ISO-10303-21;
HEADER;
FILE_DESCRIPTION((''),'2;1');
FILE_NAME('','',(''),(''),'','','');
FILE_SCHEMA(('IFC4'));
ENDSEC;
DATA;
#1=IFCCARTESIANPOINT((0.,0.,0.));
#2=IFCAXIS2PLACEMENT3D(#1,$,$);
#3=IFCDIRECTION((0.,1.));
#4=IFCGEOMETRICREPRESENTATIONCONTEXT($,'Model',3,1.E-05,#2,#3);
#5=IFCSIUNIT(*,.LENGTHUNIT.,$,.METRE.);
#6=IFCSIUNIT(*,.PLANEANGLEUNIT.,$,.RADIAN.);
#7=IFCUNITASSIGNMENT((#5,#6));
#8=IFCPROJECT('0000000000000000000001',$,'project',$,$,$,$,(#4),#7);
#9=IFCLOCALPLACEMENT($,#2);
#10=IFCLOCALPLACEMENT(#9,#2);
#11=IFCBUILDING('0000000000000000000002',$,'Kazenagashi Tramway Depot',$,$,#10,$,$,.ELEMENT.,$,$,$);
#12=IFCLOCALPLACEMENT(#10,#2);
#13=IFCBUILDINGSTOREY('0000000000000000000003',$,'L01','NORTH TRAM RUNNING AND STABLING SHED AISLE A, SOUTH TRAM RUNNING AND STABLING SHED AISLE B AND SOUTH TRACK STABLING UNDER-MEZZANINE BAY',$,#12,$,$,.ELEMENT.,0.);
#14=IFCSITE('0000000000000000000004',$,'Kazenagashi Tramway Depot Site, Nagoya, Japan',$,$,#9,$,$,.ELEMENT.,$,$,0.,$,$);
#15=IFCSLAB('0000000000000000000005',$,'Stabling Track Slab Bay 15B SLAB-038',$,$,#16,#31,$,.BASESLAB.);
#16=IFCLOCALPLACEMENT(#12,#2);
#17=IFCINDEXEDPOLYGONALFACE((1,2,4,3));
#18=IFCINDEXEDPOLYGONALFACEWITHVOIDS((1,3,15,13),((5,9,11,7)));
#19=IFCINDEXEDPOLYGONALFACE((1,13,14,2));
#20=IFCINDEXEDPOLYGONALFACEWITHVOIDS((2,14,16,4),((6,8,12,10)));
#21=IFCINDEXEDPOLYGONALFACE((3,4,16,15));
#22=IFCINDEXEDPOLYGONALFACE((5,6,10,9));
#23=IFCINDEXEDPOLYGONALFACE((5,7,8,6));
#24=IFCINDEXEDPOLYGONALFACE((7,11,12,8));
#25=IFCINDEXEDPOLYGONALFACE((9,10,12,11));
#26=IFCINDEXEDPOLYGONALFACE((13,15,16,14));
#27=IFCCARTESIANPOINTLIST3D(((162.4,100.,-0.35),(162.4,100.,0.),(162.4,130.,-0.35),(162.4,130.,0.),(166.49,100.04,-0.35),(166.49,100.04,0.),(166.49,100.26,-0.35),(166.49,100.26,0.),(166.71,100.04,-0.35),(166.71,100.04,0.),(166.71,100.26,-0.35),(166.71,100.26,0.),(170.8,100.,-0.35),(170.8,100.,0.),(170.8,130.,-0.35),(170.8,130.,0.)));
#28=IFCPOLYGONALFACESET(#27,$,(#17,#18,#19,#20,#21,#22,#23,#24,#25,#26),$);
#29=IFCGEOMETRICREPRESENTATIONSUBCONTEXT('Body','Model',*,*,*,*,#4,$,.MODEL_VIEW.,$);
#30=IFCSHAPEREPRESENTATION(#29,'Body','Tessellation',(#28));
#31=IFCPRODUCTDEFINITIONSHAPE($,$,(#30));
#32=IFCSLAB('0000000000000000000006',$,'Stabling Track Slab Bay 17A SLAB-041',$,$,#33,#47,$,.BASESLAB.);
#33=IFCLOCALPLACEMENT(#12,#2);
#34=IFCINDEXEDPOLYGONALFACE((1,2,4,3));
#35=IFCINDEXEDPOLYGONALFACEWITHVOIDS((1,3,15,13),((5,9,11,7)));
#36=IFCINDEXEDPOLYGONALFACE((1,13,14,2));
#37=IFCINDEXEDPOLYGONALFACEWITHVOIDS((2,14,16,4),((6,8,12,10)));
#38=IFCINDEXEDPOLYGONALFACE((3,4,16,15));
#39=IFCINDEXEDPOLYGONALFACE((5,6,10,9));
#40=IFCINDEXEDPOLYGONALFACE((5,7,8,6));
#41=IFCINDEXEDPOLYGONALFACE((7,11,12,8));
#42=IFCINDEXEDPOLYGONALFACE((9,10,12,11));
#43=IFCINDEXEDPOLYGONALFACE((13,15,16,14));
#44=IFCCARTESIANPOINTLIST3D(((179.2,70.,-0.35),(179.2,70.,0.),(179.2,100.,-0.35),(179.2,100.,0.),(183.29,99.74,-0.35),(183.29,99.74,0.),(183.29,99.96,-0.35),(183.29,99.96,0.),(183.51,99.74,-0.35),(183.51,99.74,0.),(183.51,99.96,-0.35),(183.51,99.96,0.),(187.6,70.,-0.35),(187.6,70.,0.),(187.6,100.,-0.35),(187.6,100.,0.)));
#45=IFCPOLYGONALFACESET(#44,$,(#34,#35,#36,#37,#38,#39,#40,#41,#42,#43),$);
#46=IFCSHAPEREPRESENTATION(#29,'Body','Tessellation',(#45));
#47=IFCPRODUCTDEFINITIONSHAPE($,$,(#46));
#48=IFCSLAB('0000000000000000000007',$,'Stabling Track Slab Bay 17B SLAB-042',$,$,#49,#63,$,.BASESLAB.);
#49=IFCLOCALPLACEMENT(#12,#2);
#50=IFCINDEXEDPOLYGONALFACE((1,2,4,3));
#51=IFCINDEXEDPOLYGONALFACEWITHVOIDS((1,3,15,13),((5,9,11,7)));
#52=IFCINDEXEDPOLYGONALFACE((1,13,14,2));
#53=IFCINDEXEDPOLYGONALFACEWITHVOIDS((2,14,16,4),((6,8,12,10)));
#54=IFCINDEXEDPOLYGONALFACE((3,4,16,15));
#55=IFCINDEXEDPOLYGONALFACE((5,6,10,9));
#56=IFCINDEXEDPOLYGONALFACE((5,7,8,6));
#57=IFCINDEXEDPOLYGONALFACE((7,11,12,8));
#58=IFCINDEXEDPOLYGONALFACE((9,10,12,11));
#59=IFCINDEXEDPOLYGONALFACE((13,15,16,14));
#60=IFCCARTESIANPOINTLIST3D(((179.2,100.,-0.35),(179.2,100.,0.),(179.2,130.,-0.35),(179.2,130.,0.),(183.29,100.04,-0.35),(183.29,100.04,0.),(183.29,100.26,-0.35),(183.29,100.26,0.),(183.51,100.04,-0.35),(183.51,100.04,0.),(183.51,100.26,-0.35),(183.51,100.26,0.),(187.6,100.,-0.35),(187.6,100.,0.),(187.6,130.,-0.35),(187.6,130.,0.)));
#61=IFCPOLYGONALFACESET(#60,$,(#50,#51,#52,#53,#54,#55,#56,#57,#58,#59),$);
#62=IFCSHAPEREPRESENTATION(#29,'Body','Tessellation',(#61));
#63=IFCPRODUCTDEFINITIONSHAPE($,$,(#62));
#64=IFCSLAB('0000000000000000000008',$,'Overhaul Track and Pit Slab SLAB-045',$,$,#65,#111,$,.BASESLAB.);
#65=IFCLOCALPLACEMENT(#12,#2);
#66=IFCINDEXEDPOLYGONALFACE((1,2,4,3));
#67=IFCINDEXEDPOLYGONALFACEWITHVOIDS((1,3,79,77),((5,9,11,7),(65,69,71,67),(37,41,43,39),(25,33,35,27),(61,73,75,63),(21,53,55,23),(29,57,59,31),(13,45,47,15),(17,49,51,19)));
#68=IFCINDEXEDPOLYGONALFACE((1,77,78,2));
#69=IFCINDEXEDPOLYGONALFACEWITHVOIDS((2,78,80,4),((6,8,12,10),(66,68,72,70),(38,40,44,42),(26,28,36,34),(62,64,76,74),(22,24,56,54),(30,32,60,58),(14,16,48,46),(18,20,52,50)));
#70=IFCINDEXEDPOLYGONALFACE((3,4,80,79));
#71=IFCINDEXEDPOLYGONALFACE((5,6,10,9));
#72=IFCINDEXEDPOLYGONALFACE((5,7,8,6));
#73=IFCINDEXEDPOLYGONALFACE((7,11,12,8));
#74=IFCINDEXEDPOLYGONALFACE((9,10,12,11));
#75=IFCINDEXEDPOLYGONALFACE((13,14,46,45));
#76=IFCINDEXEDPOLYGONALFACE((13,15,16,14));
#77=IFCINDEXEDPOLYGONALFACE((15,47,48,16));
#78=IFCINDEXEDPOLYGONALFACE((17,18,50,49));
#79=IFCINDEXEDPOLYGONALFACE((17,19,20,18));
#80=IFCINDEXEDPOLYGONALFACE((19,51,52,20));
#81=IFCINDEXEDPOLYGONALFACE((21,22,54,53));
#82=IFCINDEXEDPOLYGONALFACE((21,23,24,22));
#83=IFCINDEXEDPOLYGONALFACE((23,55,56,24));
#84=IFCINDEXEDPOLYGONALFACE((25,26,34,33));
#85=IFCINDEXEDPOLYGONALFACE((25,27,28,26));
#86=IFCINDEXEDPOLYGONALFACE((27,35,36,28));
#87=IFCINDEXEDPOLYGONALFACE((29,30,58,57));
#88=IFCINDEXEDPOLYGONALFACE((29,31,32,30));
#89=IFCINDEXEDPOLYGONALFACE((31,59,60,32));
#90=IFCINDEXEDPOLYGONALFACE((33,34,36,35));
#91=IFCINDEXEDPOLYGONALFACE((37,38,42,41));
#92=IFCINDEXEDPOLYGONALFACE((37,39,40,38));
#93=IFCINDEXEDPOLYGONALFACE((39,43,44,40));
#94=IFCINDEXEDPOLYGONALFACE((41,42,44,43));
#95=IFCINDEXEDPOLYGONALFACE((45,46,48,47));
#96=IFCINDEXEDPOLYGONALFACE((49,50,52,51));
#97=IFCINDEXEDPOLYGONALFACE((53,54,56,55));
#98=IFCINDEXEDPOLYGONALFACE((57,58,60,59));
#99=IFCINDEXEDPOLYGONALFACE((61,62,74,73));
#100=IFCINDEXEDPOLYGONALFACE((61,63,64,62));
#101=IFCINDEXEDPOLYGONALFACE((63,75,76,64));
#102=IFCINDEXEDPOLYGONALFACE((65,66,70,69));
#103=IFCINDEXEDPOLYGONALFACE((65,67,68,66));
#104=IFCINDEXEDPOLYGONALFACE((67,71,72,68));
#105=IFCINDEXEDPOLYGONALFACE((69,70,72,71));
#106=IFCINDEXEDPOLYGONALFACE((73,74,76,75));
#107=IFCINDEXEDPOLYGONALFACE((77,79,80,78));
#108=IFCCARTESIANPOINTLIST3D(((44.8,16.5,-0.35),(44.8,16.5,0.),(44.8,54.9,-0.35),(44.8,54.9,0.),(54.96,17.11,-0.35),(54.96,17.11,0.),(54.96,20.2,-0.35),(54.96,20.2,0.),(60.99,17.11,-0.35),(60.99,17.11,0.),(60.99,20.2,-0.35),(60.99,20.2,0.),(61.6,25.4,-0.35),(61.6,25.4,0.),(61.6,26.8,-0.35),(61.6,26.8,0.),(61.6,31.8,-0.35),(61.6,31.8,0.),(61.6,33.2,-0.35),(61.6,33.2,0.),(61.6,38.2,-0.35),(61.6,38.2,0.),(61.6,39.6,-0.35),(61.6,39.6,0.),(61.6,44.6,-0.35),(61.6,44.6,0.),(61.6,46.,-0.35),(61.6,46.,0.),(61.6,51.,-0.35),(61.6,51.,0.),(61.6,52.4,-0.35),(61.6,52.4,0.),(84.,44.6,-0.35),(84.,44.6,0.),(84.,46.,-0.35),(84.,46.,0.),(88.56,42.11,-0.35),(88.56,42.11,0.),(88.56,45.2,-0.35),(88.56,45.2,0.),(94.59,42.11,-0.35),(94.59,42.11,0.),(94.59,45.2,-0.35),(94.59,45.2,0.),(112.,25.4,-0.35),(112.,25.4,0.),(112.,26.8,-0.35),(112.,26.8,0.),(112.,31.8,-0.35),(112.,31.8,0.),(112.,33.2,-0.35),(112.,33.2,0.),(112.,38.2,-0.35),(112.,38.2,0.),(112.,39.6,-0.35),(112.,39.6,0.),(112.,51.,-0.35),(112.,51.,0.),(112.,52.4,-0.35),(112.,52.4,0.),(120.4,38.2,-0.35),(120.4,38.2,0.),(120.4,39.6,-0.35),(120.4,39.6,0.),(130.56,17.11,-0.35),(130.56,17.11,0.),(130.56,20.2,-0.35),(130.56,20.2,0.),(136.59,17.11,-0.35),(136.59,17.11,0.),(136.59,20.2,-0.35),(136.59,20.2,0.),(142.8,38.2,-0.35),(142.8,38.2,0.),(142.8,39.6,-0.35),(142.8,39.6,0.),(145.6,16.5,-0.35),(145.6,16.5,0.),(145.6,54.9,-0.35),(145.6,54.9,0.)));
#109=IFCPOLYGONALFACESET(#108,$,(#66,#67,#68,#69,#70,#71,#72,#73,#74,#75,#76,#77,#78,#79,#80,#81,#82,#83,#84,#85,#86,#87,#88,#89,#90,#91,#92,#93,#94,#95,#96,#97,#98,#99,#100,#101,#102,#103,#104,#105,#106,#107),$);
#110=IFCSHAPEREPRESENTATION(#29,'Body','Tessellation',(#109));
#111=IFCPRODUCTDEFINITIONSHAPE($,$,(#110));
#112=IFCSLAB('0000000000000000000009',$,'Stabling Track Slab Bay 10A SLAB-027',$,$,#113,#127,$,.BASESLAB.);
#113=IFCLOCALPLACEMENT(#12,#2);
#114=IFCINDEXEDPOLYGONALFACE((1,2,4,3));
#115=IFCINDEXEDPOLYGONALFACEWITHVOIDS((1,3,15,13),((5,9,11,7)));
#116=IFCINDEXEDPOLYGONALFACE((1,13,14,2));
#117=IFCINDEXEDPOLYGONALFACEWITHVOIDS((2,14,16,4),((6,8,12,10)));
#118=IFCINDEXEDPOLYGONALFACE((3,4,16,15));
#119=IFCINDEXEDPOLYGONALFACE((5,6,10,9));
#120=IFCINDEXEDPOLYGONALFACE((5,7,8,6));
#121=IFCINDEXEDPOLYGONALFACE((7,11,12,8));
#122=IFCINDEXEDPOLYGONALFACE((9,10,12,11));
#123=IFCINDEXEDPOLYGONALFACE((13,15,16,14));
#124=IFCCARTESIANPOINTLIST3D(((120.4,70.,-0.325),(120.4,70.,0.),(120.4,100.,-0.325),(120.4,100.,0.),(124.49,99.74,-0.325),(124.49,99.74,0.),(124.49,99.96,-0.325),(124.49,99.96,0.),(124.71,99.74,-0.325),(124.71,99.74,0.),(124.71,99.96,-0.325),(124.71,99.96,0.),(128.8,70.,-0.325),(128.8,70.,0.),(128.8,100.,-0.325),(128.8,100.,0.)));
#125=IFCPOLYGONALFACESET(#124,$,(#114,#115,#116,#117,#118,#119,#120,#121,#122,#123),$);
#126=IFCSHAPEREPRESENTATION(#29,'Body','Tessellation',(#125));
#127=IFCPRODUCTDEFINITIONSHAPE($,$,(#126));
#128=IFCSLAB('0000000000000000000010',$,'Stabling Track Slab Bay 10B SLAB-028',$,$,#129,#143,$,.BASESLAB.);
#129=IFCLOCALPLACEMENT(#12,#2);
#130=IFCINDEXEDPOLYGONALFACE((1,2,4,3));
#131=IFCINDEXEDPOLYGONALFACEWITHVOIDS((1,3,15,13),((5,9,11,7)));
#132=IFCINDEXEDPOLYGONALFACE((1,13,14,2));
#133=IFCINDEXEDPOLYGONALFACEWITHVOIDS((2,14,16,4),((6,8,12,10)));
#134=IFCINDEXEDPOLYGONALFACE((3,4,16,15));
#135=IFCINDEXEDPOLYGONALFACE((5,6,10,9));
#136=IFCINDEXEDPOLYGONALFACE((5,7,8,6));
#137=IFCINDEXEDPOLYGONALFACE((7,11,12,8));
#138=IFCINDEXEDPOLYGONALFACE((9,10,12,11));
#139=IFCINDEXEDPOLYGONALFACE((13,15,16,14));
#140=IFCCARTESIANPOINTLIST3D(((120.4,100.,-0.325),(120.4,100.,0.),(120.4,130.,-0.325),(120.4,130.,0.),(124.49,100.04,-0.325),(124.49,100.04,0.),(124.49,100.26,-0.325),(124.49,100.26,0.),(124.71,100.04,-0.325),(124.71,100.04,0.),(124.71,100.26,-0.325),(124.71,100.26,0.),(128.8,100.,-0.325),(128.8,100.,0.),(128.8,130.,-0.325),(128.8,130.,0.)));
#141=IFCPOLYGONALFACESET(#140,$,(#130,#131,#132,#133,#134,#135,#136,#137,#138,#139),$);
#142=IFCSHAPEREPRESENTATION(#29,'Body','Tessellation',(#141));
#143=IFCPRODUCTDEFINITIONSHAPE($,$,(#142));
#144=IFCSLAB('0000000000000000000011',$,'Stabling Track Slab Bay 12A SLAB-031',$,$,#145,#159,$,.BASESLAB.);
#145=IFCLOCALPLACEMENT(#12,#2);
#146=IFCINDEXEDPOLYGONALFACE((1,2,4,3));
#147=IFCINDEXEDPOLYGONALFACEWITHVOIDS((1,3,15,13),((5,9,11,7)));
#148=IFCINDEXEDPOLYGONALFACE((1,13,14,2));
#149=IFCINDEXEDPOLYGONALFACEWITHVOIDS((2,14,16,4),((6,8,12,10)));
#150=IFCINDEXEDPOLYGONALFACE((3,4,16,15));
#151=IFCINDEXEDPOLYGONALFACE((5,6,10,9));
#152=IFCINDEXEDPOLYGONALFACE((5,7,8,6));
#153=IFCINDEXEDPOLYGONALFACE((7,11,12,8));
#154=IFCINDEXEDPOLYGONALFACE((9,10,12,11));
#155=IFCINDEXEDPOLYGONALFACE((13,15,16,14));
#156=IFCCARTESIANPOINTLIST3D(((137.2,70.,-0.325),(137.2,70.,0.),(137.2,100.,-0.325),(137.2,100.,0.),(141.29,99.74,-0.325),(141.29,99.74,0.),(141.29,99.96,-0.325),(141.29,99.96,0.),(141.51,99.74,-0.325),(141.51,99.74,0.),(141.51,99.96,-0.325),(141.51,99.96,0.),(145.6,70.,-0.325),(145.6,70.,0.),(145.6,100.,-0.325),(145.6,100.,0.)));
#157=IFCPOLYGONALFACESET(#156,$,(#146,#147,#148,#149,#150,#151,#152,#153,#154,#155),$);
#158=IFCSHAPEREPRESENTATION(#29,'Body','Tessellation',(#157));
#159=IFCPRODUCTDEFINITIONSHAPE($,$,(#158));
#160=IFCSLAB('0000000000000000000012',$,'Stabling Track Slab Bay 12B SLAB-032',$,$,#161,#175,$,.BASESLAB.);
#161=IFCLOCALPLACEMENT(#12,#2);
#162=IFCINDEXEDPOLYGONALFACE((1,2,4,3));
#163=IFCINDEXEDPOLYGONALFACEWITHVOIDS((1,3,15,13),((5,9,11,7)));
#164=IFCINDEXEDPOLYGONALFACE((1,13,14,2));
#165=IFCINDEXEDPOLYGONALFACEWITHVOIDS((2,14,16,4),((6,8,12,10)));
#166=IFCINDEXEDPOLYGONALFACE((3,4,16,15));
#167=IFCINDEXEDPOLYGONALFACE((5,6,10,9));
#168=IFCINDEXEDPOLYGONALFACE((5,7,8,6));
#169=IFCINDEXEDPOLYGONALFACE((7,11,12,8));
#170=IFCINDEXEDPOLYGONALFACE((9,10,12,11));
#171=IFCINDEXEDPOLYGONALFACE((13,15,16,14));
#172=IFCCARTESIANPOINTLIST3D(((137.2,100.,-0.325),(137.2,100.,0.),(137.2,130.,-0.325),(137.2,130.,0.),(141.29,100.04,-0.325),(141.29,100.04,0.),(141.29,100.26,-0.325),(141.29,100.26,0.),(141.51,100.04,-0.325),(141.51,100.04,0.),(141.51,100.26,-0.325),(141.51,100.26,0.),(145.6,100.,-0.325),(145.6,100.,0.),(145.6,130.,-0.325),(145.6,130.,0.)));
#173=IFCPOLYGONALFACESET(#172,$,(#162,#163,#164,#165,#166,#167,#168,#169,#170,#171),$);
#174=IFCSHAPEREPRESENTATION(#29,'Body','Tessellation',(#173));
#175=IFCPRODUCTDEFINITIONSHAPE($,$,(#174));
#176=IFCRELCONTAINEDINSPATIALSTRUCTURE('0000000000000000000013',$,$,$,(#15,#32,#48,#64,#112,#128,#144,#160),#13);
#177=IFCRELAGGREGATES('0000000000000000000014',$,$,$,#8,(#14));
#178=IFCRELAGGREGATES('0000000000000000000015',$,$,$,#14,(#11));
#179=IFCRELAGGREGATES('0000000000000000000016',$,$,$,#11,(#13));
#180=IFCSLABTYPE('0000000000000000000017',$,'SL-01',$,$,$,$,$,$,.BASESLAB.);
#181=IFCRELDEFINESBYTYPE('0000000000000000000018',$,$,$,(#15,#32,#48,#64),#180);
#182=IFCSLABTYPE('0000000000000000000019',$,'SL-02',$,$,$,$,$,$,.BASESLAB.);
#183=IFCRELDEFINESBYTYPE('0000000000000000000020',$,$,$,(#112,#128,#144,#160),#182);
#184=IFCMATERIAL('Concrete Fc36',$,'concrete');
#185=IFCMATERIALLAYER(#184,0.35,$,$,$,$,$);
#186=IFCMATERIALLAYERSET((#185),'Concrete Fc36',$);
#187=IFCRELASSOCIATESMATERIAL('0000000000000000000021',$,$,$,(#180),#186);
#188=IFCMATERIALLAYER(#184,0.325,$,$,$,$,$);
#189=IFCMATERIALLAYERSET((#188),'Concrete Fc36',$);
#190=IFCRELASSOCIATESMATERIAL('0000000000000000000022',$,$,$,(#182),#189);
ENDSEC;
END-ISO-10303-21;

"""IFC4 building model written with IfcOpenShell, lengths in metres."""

from ifc_helpers import new_model, si_unit, direction, frame, origin, place, context, subcontext, project, spatial, polyline, outline, extrude, material, layer, layer_set, type_object, element, save


model = new_model("IFC4")

# Units and contexts
model_context = context("Model", 3, precision=1e-05, world=origin(), true_north=direction((0.0, 1.0)))
body_context = subcontext(model_context, "Body", "Model", "MODEL_VIEW")
ifc_project = project(units=[si_unit("LENGTHUNIT", "METRE"), si_unit("PLANEANGLEUNIT", "RADIAN")], contexts=[model_context])

# Site, building, storey
site_placement = place(None, origin())
site = spatial("IfcSite", under=ifc_project, at=site_placement, Name="Kazenagashi Tramway Depot Site, Nagoya, Japan", CompositionType="ELEMENT", RefElevation=0.0)
building_placement = place(site_placement, origin())
building = spatial("IfcBuilding", under=site, at=building_placement, Name="Kazenagashi Tramway Depot", CompositionType="ELEMENT")
storey_placement = place(building_placement, origin())
storey = spatial("IfcBuildingStorey", under=building, at=storey_placement, Name="L01", Description="NORTH TRAM RUNNING AND STABLING SHED AISLE A, SOUTH TRAM RUNNING AND STABLING SHED AISLE B AND SOUTH TRACK STABLING UNDER-MEZZANINE BAY", CompositionType="ELEMENT", Elevation=0.0)

# Slabs
ifc_material_1 = material(Name="Concrete Fc36", Category="concrete")
ifc_layer_1 = layer(ifc_material_1, 0.35)
ifc_layer_set_1 = layer_set([ifc_layer_1], Name="Concrete Fc36")
slab_type_1 = type_object("IfcSlabType", Name="SL-01", PredefinedType="BASESLAB", material=ifc_layer_set_1)
slab_1_placement = place(storey_placement, frame((0.0, 0.0, -0.35)))
element("IfcSlab", 1, at=slab_1_placement, inside=storey, type_object=slab_type_1, Name="Stabling Track Slab Bay 15B SLAB-038", PredefinedType="BASESLAB", context=body_context, shape_type="SweptSolid", body=[
    extrude(outline(polyline([(162.4, 100.0), (170.8, 100.0), (170.8, 130.0), (162.4, 130.0), (162.4, 100.0)]), holes=[polyline([(166.49, 100.04), (166.71, 100.04), (166.71, 100.26), (166.49, 100.26), (166.49, 100.04)])]), origin(), (0.0, 0.0, 1.0), 0.35),
])
slab_2_placement = place(storey_placement, frame((0.0, 0.0, -0.35)))
element("IfcSlab", 2, at=slab_2_placement, inside=storey, type_object=slab_type_1, Name="Stabling Track Slab Bay 17A SLAB-041", PredefinedType="BASESLAB", context=body_context, shape_type="SweptSolid", body=[
    extrude(outline(polyline([(179.2, 70.0), (187.6, 70.0), (187.6, 100.0), (179.2, 100.0), (179.2, 70.0)]), holes=[polyline([(183.29, 99.74), (183.51, 99.74), (183.51, 99.96), (183.29, 99.96), (183.29, 99.74)])]), origin(), (0.0, 0.0, 1.0), 0.35),
])
slab_3_placement = place(storey_placement, frame((0.0, 0.0, -0.35)))
element("IfcSlab", 3, at=slab_3_placement, inside=storey, type_object=slab_type_1, Name="Stabling Track Slab Bay 17B SLAB-042", PredefinedType="BASESLAB", context=body_context, shape_type="SweptSolid", body=[
    extrude(outline(polyline([(179.2, 100.0), (187.6, 100.0), (187.6, 130.0), (179.2, 130.0), (179.2, 100.0)]), holes=[polyline([(183.29, 100.04), (183.51, 100.04), (183.51, 100.26), (183.29, 100.26), (183.29, 100.04)])]), origin(), (0.0, 0.0, 1.0), 0.35),
])
slab_4_placement = place(storey_placement, frame((0.0, 0.0, -0.35)))
element("IfcSlab", 4, at=slab_4_placement, inside=storey, type_object=slab_type_1, Name="Overhaul Track and Pit Slab SLAB-045", PredefinedType="BASESLAB", context=body_context, shape_type="SweptSolid", body=[
    extrude(outline(polyline([(44.8, 54.9), (145.6, 54.9), (145.6, 16.5), (44.8, 16.5), (44.8, 54.9)]), holes=[polyline([(112.0, 25.4), (112.0, 26.8), (61.6, 26.8), (61.6, 25.4), (112.0, 25.4)]), polyline([(112.0, 31.8), (112.0, 33.2), (61.6, 33.2), (61.6, 31.8), (112.0, 31.8)]), polyline([(112.0, 38.2), (112.0, 39.6), (61.6, 39.6), (61.6, 38.2), (112.0, 38.2)]), polyline([(84.0, 44.6), (84.0, 46.0), (61.6, 46.0), (61.6, 44.6), (84.0, 44.6)]), polyline([(112.0, 51.0), (112.0, 52.4), (61.6, 52.4), (61.6, 51.0), (112.0, 51.0)]), polyline([(142.8, 38.2), (142.8, 39.6), (120.4, 39.6), (120.4, 38.2), (142.8, 38.2)]), polyline([(60.99, 17.11), (60.99, 20.2), (54.96, 20.2), (54.96, 17.11), (60.99, 17.11)]), polyline([(130.56, 17.11), (136.59, 17.11), (136.59, 20.2), (130.56, 20.2), (130.56, 17.11)]), polyline([(88.56, 42.11), (94.59, 42.11), (94.59, 45.2), (88.56, 45.2), (88.56, 42.11)])]), origin(), (0.0, 0.0, 1.0), 0.35),
])
ifc_layer_2 = layer(ifc_material_1, 0.325)
ifc_layer_set_2 = layer_set([ifc_layer_2], Name="Concrete Fc36")
slab_type_2 = type_object("IfcSlabType", Name="SL-02", PredefinedType="BASESLAB", material=ifc_layer_set_2)
slab_5_placement = place(storey_placement, frame((0.0, 0.0, -0.325)))
element("IfcSlab", 5, at=slab_5_placement, inside=storey, type_object=slab_type_2, Name="Stabling Track Slab Bay 10A SLAB-027", PredefinedType="BASESLAB", context=body_context, shape_type="SweptSolid", body=[
    extrude(outline(polyline([(120.4, 70.0), (128.8, 70.0), (128.8, 100.0), (120.4, 100.0), (120.4, 70.0)]), holes=[polyline([(124.49, 99.74), (124.71, 99.74), (124.71, 99.96), (124.49, 99.96), (124.49, 99.74)])]), origin(), (0.0, 0.0, 1.0), 0.325),
])
slab_6_placement = place(storey_placement, frame((0.0, 0.0, -0.325)))
element("IfcSlab", 6, at=slab_6_placement, inside=storey, type_object=slab_type_2, Name="Stabling Track Slab Bay 10B SLAB-028", PredefinedType="BASESLAB", context=body_context, shape_type="SweptSolid", body=[
    extrude(outline(polyline([(120.4, 100.0), (128.8, 100.0), (128.8, 130.0), (120.4, 130.0), (120.4, 100.0)]), holes=[polyline([(124.49, 100.04), (124.71, 100.04), (124.71, 100.26), (124.49, 100.26), (124.49, 100.04)])]), origin(), (0.0, 0.0, 1.0), 0.325),
])
slab_7_placement = place(storey_placement, frame((0.0, 0.0, -0.325)))
element("IfcSlab", 7, at=slab_7_placement, inside=storey, type_object=slab_type_2, Name="Stabling Track Slab Bay 12A SLAB-031", PredefinedType="BASESLAB", context=body_context, shape_type="SweptSolid", body=[
    extrude(outline(polyline([(137.2, 70.0), (145.6, 70.0), (145.6, 100.0), (137.2, 100.0), (137.2, 70.0)]), holes=[polyline([(141.29, 99.74), (141.51, 99.74), (141.51, 99.96), (141.29, 99.96), (141.29, 99.74)])]), origin(), (0.0, 0.0, 1.0), 0.325),
])
slab_8_placement = place(storey_placement, frame((0.0, 0.0, -0.325)))
element("IfcSlab", 8, at=slab_8_placement, inside=storey, type_object=slab_type_2, Name="Stabling Track Slab Bay 12B SLAB-032", PredefinedType="BASESLAB", context=body_context, shape_type="SweptSolid", body=[
    extrude(outline(polyline([(137.2, 100.0), (145.6, 100.0), (145.6, 130.0), (137.2, 130.0), (137.2, 100.0)]), holes=[polyline([(141.29, 100.04), (141.51, 100.04), (141.51, 100.26), (141.29, 100.26), (141.29, 100.04)])]), origin(), (0.0, 0.0, 1.0), 0.325),
])

save(model, "model.ifc")
